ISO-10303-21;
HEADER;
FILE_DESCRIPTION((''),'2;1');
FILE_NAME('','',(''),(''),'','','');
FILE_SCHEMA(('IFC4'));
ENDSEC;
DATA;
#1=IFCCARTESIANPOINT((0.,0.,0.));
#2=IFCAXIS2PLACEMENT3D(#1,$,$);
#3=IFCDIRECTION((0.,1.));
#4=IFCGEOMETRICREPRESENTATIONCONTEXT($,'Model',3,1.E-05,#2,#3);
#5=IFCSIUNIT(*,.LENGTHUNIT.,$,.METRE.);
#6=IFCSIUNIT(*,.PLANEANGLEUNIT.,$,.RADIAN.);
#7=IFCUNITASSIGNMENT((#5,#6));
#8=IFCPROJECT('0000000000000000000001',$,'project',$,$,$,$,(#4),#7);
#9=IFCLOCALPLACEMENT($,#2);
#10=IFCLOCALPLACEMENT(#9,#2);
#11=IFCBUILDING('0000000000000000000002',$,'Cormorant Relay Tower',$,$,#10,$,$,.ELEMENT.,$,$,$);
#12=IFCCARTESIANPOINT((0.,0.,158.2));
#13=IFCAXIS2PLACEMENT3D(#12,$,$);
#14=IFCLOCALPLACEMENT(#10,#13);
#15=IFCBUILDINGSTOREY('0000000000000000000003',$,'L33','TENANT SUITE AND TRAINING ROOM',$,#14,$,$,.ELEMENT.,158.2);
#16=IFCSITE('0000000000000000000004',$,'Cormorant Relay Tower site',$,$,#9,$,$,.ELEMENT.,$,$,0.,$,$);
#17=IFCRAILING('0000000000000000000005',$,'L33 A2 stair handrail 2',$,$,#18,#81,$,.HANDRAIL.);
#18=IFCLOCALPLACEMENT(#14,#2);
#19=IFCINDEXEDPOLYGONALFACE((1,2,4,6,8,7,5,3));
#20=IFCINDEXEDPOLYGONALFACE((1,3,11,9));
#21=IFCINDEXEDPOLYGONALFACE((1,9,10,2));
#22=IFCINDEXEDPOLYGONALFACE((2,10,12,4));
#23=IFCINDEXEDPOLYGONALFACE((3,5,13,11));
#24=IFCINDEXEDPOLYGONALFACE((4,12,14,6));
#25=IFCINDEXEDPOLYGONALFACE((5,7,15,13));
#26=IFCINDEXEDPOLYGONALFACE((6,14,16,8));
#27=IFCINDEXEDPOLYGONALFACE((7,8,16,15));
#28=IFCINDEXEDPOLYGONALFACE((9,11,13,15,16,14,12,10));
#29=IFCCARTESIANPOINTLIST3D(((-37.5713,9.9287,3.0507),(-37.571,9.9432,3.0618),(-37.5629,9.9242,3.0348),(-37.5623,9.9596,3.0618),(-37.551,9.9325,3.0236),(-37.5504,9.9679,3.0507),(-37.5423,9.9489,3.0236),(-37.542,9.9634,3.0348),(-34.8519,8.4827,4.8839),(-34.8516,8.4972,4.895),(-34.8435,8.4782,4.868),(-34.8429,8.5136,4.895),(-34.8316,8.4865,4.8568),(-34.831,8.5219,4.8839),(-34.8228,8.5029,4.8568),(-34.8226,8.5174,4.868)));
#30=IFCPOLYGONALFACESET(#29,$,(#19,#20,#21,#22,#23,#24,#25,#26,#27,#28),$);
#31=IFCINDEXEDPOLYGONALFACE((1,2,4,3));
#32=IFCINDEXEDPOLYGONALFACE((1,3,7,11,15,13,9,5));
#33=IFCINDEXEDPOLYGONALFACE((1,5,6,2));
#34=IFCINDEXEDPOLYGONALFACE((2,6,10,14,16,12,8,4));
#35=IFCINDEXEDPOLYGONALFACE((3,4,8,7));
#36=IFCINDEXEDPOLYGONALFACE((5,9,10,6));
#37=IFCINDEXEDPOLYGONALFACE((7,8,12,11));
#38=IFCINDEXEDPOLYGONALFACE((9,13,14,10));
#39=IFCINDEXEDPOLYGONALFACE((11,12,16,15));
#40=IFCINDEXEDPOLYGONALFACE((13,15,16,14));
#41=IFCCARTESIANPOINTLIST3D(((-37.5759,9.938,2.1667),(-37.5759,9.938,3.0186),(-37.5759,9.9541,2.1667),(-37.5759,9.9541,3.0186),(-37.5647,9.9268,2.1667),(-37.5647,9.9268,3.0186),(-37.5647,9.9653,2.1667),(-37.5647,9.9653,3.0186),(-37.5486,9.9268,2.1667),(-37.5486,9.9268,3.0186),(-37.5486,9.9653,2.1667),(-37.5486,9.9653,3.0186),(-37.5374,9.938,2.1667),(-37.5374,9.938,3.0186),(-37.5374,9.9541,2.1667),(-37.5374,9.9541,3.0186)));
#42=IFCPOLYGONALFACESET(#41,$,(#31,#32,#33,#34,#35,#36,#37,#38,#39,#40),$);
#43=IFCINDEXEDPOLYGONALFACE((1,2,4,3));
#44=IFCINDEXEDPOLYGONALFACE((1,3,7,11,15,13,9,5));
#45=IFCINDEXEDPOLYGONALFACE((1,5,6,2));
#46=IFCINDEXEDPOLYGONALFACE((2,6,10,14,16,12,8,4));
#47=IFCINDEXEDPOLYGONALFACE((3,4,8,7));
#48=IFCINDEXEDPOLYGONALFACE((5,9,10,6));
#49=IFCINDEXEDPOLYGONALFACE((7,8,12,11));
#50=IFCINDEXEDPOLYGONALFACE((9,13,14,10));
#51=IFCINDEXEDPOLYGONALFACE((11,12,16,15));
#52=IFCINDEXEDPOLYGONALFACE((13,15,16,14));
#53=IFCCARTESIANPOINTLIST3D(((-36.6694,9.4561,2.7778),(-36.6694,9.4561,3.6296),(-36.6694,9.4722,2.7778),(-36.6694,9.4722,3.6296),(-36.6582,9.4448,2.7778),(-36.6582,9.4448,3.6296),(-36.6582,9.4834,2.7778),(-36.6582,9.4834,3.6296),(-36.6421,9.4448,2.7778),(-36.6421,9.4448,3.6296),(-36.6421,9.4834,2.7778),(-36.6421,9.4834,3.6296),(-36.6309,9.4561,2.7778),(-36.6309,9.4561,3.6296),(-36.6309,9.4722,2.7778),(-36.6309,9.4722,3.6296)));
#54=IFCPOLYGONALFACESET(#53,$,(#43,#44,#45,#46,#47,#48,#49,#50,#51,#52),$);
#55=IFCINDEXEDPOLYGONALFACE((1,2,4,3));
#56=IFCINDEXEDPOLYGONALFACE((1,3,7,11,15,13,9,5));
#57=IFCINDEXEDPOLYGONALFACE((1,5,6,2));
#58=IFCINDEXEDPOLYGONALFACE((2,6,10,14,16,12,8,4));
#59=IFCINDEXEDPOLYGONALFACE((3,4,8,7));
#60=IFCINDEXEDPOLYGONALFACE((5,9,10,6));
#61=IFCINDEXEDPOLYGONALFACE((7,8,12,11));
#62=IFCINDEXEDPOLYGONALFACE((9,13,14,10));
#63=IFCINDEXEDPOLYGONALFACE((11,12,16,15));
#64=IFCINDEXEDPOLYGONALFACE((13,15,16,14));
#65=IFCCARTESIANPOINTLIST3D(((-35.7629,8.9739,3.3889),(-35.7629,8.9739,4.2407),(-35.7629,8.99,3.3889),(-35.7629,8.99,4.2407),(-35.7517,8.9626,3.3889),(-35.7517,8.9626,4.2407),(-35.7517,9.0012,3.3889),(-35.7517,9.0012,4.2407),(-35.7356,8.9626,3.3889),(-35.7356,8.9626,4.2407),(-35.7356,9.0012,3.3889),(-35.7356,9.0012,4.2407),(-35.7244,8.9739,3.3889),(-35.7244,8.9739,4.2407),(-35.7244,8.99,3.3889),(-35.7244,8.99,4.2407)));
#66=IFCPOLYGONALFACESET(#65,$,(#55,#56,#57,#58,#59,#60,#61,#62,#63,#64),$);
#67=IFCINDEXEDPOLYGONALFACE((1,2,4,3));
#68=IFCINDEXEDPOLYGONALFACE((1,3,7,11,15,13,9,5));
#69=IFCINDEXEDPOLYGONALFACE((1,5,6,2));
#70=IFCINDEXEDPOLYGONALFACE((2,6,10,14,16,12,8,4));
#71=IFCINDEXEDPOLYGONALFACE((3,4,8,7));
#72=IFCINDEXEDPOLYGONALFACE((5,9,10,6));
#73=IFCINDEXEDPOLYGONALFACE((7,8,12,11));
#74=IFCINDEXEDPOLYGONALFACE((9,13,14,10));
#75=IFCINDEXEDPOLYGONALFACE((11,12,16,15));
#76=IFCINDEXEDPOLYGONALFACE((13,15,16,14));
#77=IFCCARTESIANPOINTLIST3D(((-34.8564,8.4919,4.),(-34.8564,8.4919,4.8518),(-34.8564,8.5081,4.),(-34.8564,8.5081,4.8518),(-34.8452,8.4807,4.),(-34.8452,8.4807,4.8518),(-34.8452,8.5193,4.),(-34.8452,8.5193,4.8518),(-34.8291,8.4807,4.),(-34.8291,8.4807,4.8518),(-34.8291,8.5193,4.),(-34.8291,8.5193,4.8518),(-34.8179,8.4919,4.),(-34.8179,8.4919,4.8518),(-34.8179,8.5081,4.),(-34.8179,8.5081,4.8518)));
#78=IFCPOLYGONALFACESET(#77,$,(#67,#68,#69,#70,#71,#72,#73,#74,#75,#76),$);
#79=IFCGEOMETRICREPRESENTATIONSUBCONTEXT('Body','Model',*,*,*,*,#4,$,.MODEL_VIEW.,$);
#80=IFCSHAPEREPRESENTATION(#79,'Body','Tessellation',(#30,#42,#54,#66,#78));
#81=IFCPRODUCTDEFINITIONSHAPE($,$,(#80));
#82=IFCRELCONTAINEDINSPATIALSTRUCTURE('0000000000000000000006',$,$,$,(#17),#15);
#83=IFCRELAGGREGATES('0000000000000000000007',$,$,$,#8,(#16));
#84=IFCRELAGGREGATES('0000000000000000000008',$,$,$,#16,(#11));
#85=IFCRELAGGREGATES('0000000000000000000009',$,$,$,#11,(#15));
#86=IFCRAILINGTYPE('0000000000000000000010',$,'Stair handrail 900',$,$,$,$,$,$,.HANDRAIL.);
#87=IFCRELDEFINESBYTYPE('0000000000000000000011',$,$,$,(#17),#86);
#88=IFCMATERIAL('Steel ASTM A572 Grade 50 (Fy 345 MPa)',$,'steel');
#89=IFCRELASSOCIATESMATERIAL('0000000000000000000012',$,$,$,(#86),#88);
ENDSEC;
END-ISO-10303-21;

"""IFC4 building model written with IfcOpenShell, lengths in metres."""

from ifc_helpers import new_model, si_unit, direction, frame, origin, place, context, subcontext, project, spatial, polyline, outline, extrude, material, type_object, element, save


model = new_model("IFC4")

# Units and contexts
model_context = context("Model", 3, precision=1e-05, world=origin(), true_north=direction((0.0, 1.0)))
body_context = subcontext(model_context, "Body", "Model", "MODEL_VIEW")
ifc_project = project(units=[si_unit("LENGTHUNIT", "METRE"), si_unit("PLANEANGLEUNIT", "RADIAN")], contexts=[model_context])

# Site, building, storey
site_placement = place(None, origin())
site = spatial("IfcSite", under=ifc_project, at=site_placement, Name="Cormorant Relay Tower site", CompositionType="ELEMENT", RefElevation=0.0)
building_placement = place(site_placement, origin())
building = spatial("IfcBuilding", under=site, at=building_placement, Name="Cormorant Relay Tower", CompositionType="ELEMENT")
storey_placement = place(building_placement, frame((0.0, 0.0, 158.2)))
storey = spatial("IfcBuildingStorey", under=building, at=storey_placement, Name="L33", Description="TENANT SUITE AND TRAINING ROOM", CompositionType="ELEMENT", Elevation=158.2)

# Railing
ifc_material_1 = material(Name="Steel ASTM A572 Grade 50 (Fy 345 MPa)", Category="steel")
railing_type_1 = type_object("IfcRailingType", Name="Stair handrail 900", PredefinedType="HANDRAIL", material=ifc_material_1)
railing_1_placement = place(storey_placement, frame((-37.5566, 9.946, 2.1667)))
element("IfcRailing", 1, at=railing_1_placement, inside=storey, type_object=railing_type_1, Name="L33 A2 stair handrail 2", PredefinedType="HANDRAIL", context=body_context, shape_type="SweptSolid", body=[
    extrude(outline(polyline([(0.0222, 0.0093), (0.0093, 0.0222), (-0.0093, 0.0222), (-0.0222, 0.0093), (-0.0222, -0.0093), (-0.0093, -0.0222), (0.0093, -0.0222), (0.0222, -0.0093), (0.0222, 0.0093)])), frame((0.0, 0.0, 0.876), z_axis=(0.758714, -0.403435, 0.511463), x_axis=(0.469489, 0.882938, 0.0)), (0.0, 0.0, 1.0), 3.5842),
    extrude(outline(polyline([(0.0193, 0.0081), (0.0081, 0.0193), (-0.0081, 0.0193), (-0.0193, 0.0081), (-0.0193, -0.0081), (-0.0081, -0.0193), (0.0081, -0.0193), (0.0193, -0.0081), (0.0193, 0.0081)])), origin(), (0.0, 0.0, 1.0), 0.8518),
    extrude(outline(polyline([(0.0193, 0.0081), (0.0081, 0.0193), (-0.0081, 0.0193), (-0.0193, 0.0081), (-0.0193, -0.0081), (-0.0081, -0.0193), (0.0081, -0.0193), (0.0193, -0.0081), (0.0193, 0.0081)])), frame((0.9065, -0.4819, 0.6111)), (0.0, 0.0, 1.0), 0.8518),
    extrude(outline(polyline([(0.0193, 0.0081), (0.0081, 0.0193), (-0.0081, 0.0193), (-0.0193, 0.0081), (-0.0193, -0.0081), (-0.0081, -0.0193), (0.0081, -0.0193), (0.0193, -0.0081), (0.0193, 0.0081)])), frame((1.813, -0.9641, 1.2222)), (0.0, 0.0, 1.0), 0.8518),
    extrude(outline(polyline([(0.0193, 0.0081), (0.0081, 0.0193), (-0.0081, 0.0193), (-0.0193, 0.0081), (-0.0193, -0.0081), (-0.0081, -0.0193), (0.0081, -0.0193), (0.0193, -0.0081), (0.0193, 0.0081)])), frame((2.7195, -1.446, 1.8333)), (0.0, 0.0, 1.0), 0.8518),
])

save(model, "model.ifc")
